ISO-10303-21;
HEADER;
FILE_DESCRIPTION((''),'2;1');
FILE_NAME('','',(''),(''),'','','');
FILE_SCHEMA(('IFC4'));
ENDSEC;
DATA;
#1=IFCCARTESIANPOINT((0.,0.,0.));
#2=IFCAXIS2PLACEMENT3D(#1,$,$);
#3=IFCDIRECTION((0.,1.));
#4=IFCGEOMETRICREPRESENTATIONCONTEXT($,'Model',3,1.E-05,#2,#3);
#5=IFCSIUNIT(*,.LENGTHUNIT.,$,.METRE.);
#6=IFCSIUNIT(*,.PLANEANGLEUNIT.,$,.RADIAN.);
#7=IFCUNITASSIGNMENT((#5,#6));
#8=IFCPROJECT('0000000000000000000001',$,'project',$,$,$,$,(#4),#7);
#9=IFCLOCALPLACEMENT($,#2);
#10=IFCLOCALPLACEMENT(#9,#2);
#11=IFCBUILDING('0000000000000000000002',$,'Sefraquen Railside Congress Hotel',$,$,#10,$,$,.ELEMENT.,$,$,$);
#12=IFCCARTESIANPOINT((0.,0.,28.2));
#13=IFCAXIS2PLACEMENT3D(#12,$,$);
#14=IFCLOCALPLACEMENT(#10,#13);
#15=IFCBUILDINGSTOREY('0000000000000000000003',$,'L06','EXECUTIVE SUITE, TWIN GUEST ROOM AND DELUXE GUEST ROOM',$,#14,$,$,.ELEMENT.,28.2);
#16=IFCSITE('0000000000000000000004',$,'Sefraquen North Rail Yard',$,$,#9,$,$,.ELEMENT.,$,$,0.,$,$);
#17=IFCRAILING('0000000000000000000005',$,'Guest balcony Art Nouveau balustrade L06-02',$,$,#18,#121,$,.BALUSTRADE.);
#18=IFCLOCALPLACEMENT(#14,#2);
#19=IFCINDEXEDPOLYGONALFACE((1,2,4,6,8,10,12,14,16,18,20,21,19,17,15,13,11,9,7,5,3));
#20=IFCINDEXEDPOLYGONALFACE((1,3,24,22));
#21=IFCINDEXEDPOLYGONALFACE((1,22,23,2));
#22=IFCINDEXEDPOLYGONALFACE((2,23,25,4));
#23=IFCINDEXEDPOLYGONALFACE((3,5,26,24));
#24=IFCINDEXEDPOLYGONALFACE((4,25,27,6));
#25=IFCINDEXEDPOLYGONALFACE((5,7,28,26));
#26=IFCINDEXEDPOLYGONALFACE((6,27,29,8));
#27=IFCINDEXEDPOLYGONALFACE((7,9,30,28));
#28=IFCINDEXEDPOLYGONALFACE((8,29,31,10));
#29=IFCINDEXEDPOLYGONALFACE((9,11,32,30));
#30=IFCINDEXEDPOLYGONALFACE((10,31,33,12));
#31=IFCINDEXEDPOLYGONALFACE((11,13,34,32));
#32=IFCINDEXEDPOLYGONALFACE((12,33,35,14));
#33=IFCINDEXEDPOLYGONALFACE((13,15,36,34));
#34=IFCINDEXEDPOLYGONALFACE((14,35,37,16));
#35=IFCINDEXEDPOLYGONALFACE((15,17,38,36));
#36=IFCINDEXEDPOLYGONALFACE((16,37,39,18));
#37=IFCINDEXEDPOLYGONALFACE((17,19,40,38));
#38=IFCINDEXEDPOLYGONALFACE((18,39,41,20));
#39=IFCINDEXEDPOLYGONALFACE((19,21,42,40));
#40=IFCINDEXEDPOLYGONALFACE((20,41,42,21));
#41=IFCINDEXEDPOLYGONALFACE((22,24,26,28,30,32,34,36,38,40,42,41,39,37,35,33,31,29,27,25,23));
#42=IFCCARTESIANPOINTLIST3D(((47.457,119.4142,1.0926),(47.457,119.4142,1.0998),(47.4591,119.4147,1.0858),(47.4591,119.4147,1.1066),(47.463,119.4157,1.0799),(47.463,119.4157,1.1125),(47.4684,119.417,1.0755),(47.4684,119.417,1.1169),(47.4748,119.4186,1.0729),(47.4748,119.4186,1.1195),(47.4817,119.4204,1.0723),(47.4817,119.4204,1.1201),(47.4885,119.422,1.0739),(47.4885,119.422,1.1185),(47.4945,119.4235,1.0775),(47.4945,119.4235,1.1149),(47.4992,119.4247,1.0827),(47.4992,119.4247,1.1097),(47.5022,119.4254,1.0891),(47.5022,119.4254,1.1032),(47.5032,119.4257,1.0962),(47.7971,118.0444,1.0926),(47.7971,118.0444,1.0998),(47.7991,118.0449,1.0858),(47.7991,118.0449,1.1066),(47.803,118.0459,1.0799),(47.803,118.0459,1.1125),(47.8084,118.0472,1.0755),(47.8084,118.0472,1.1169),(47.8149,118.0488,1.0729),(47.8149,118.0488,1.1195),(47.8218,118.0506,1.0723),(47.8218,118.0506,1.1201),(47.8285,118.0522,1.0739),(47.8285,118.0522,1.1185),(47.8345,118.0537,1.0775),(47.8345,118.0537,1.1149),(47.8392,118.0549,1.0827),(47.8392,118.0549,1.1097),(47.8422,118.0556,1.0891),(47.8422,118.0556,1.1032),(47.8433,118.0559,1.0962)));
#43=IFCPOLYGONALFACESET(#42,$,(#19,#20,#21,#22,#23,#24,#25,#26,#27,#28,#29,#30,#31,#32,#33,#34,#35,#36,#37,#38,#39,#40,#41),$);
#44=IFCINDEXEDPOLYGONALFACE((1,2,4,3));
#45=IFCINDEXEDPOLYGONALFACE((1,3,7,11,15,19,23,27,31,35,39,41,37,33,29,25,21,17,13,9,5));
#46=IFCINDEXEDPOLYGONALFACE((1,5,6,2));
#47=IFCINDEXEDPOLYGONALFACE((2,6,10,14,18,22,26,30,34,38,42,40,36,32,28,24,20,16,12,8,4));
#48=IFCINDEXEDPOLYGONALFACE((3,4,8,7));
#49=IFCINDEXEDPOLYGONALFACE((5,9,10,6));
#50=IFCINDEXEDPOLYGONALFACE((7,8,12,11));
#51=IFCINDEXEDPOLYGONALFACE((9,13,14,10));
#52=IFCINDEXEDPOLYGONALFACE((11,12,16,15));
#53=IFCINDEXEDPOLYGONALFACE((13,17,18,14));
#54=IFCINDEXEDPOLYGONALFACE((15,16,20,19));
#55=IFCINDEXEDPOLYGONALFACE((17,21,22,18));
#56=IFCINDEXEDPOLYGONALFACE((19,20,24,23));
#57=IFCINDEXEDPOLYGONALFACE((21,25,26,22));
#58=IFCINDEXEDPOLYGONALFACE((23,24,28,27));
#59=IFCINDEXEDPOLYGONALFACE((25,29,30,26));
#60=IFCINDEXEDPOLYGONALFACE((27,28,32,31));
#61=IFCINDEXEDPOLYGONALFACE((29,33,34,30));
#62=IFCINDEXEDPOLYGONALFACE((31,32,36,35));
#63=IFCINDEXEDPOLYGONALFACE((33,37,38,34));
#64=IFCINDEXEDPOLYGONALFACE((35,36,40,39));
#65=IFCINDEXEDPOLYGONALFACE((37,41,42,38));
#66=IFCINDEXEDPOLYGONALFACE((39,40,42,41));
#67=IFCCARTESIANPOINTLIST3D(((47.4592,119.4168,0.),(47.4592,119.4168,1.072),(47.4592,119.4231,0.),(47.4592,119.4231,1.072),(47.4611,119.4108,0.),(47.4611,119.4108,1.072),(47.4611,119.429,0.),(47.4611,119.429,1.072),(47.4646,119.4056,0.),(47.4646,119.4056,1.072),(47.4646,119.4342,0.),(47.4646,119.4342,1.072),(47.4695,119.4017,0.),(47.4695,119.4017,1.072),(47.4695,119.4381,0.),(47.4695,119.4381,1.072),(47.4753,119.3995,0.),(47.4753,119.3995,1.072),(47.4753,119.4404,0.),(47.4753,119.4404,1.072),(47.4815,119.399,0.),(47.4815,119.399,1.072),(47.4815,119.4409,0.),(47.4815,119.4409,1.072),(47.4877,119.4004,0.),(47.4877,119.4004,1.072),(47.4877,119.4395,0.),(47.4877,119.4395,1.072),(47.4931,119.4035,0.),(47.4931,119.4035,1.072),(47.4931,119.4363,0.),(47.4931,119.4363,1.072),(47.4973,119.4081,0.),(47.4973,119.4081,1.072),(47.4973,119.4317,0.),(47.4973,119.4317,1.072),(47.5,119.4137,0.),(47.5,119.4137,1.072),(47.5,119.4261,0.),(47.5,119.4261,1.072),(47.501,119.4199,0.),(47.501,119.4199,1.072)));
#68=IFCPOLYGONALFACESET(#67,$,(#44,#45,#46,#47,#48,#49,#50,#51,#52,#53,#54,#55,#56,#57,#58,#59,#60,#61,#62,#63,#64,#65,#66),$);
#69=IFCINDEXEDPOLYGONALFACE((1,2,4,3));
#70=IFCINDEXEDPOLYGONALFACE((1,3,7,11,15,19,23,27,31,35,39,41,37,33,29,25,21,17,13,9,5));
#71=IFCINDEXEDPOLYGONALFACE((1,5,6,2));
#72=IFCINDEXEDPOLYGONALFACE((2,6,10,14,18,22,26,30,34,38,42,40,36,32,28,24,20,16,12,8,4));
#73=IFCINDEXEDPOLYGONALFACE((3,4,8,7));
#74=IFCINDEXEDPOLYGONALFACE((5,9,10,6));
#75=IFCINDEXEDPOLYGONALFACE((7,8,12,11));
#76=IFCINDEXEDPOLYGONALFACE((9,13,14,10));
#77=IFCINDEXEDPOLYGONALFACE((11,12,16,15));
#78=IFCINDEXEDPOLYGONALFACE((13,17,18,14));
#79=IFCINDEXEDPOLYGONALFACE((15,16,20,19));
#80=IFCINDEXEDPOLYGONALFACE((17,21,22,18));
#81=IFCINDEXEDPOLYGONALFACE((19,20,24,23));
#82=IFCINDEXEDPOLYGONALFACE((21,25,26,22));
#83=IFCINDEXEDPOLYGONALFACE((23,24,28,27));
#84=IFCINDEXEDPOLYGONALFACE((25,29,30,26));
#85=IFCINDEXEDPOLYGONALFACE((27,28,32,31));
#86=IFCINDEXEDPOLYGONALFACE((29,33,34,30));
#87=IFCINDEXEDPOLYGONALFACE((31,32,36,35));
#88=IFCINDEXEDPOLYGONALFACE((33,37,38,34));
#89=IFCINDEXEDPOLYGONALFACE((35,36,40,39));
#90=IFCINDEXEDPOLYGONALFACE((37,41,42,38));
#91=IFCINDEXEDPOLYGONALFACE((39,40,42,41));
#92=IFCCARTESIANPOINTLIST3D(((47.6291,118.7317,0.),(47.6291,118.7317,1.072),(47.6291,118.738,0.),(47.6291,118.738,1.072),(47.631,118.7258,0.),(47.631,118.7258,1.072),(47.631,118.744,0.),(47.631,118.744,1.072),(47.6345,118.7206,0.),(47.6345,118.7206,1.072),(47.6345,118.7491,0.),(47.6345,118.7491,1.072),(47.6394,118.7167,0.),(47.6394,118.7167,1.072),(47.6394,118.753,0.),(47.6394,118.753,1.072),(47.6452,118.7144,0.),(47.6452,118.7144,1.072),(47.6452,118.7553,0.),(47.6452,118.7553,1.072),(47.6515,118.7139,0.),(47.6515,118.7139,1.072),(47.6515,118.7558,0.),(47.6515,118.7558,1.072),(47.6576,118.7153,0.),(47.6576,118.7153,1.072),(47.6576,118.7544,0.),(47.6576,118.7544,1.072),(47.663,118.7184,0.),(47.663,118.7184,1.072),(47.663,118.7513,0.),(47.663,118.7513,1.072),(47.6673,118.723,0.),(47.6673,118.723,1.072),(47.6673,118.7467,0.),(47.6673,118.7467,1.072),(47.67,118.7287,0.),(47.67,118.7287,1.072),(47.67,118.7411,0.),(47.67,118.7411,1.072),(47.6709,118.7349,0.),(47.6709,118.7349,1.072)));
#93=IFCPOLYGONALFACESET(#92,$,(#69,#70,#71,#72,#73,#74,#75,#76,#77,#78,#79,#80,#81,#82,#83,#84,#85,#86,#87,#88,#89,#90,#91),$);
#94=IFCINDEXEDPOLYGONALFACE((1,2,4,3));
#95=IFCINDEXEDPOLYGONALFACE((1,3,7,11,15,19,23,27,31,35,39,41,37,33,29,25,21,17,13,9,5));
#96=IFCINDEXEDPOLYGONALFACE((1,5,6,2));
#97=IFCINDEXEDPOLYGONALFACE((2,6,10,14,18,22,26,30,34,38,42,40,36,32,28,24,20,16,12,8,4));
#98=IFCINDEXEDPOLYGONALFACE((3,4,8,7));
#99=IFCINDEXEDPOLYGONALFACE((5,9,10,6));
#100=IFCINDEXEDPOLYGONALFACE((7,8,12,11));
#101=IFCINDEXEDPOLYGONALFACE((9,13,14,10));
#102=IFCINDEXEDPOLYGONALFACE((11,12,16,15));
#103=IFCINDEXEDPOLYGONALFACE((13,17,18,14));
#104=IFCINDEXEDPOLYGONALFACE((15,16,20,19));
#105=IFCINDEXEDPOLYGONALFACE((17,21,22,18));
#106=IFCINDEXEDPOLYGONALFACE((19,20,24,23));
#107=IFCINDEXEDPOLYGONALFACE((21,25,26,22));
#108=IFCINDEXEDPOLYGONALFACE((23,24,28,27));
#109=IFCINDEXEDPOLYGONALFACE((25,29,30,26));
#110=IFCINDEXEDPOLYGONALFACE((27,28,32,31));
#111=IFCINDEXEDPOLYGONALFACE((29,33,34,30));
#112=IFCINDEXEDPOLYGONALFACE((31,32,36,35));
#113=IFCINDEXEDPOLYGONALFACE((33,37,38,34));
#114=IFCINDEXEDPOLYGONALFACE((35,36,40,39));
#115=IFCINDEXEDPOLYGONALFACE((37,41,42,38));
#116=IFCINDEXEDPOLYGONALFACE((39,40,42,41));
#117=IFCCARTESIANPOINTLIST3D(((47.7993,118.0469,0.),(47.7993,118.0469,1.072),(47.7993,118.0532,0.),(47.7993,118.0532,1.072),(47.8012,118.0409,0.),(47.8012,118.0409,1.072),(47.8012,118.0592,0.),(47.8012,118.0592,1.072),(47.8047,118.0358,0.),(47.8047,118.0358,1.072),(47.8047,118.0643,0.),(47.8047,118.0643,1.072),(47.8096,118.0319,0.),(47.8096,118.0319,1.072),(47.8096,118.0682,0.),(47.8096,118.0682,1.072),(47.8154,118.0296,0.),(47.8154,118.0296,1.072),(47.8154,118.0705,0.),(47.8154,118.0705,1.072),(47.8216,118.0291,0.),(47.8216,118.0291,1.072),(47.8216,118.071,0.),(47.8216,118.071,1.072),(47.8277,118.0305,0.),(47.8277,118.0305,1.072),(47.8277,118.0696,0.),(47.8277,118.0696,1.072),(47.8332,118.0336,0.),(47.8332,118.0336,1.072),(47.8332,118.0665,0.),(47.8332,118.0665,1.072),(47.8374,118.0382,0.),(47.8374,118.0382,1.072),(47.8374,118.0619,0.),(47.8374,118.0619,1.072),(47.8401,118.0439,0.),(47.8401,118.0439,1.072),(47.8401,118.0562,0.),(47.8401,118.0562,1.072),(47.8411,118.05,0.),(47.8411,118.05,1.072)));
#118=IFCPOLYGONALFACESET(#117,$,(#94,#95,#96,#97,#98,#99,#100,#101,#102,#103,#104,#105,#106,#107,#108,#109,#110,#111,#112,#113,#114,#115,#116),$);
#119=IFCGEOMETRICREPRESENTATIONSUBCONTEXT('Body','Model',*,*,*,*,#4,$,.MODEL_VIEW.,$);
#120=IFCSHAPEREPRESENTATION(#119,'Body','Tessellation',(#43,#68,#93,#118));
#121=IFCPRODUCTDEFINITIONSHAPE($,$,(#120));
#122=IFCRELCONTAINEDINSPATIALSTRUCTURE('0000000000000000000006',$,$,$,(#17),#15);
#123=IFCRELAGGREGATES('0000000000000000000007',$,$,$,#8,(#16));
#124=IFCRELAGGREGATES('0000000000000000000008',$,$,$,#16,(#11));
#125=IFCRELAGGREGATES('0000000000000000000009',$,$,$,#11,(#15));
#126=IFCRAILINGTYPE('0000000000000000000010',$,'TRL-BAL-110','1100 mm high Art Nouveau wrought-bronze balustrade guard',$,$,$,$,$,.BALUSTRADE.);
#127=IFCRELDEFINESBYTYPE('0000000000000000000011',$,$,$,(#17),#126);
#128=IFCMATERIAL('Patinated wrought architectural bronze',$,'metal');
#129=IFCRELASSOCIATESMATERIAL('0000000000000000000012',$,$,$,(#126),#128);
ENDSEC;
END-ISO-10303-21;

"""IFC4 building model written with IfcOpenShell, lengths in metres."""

from ifc_helpers import new_model, si_unit, direction, frame, origin, origin_2d, place, context, subcontext, project, spatial, circle, extrude, material, type_object, element, save


model = new_model("IFC4")

# Units and contexts
model_context = context("Model", 3, precision=1e-05, world=origin(), true_north=direction((0.0, 1.0)))
body_context = subcontext(model_context, "Body", "Model", "MODEL_VIEW")
ifc_project = project(units=[si_unit("LENGTHUNIT", "METRE"), si_unit("PLANEANGLEUNIT", "RADIAN")], contexts=[model_context])

# Site, building, storey
site_placement = place(None, origin())
site = spatial("IfcSite", under=ifc_project, at=site_placement, Name="Sefraquen North Rail Yard", CompositionType="ELEMENT", RefElevation=0.0)
building_placement = place(site_placement, origin())
building = spatial("IfcBuilding", under=site, at=building_placement, Name="Sefraquen Railside Congress Hotel", CompositionType="ELEMENT")
storey_placement = place(building_placement, frame((0.0, 0.0, 28.2)))
storey = spatial("IfcBuildingStorey", under=building, at=storey_placement, Name="L06", Description="EXECUTIVE SUITE, TWIN GUEST ROOM AND DELUXE GUEST ROOM", CompositionType="ELEMENT", Elevation=28.2)

# Railing
ifc_material_1 = material(Name="Patinated wrought architectural bronze", Category="metal")
railing_type = type_object("IfcRailingType", Name="TRL-BAL-110", Description="1100 mm high Art Nouveau wrought-bronze balustrade guard", PredefinedType="BALUSTRADE", material=ifc_material_1)
railing_1_placement = place(storey_placement, frame((47.48, 119.4199, 0.0)))
element("IfcRailing", 1, at=railing_1_placement, inside=storey, type_object=railing_type, Name="Guest balcony Art Nouveau balustrade L06-02", PredefinedType="BALUSTRADE", context=body_context, shape_type="SweptSolid", body=[
    extrude(circle(Radius=0.0239, at=origin_2d()), frame((0.0, 0.0, 1.0962), z_axis=(0.240948, -0.970538, 0.0), x_axis=(0.970538, 0.240948, 0.0)), (0.0, 0.0, 1.0), 1.4114),
    extrude(circle(Radius=0.021, at=origin_2d()), origin(), (0.0, 0.0, 1.0), 1.072),
    extrude(circle(Radius=0.021, at=origin_2d()), frame((0.1699, -0.6851, 0.0)), (0.0, 0.0, 1.0), 1.072),
    extrude(circle(Radius=0.021, at=origin_2d()), frame((0.3401, -1.3699, 0.0)), (0.0, 0.0, 1.0), 1.072),
])

save(model, "model.ifc")
